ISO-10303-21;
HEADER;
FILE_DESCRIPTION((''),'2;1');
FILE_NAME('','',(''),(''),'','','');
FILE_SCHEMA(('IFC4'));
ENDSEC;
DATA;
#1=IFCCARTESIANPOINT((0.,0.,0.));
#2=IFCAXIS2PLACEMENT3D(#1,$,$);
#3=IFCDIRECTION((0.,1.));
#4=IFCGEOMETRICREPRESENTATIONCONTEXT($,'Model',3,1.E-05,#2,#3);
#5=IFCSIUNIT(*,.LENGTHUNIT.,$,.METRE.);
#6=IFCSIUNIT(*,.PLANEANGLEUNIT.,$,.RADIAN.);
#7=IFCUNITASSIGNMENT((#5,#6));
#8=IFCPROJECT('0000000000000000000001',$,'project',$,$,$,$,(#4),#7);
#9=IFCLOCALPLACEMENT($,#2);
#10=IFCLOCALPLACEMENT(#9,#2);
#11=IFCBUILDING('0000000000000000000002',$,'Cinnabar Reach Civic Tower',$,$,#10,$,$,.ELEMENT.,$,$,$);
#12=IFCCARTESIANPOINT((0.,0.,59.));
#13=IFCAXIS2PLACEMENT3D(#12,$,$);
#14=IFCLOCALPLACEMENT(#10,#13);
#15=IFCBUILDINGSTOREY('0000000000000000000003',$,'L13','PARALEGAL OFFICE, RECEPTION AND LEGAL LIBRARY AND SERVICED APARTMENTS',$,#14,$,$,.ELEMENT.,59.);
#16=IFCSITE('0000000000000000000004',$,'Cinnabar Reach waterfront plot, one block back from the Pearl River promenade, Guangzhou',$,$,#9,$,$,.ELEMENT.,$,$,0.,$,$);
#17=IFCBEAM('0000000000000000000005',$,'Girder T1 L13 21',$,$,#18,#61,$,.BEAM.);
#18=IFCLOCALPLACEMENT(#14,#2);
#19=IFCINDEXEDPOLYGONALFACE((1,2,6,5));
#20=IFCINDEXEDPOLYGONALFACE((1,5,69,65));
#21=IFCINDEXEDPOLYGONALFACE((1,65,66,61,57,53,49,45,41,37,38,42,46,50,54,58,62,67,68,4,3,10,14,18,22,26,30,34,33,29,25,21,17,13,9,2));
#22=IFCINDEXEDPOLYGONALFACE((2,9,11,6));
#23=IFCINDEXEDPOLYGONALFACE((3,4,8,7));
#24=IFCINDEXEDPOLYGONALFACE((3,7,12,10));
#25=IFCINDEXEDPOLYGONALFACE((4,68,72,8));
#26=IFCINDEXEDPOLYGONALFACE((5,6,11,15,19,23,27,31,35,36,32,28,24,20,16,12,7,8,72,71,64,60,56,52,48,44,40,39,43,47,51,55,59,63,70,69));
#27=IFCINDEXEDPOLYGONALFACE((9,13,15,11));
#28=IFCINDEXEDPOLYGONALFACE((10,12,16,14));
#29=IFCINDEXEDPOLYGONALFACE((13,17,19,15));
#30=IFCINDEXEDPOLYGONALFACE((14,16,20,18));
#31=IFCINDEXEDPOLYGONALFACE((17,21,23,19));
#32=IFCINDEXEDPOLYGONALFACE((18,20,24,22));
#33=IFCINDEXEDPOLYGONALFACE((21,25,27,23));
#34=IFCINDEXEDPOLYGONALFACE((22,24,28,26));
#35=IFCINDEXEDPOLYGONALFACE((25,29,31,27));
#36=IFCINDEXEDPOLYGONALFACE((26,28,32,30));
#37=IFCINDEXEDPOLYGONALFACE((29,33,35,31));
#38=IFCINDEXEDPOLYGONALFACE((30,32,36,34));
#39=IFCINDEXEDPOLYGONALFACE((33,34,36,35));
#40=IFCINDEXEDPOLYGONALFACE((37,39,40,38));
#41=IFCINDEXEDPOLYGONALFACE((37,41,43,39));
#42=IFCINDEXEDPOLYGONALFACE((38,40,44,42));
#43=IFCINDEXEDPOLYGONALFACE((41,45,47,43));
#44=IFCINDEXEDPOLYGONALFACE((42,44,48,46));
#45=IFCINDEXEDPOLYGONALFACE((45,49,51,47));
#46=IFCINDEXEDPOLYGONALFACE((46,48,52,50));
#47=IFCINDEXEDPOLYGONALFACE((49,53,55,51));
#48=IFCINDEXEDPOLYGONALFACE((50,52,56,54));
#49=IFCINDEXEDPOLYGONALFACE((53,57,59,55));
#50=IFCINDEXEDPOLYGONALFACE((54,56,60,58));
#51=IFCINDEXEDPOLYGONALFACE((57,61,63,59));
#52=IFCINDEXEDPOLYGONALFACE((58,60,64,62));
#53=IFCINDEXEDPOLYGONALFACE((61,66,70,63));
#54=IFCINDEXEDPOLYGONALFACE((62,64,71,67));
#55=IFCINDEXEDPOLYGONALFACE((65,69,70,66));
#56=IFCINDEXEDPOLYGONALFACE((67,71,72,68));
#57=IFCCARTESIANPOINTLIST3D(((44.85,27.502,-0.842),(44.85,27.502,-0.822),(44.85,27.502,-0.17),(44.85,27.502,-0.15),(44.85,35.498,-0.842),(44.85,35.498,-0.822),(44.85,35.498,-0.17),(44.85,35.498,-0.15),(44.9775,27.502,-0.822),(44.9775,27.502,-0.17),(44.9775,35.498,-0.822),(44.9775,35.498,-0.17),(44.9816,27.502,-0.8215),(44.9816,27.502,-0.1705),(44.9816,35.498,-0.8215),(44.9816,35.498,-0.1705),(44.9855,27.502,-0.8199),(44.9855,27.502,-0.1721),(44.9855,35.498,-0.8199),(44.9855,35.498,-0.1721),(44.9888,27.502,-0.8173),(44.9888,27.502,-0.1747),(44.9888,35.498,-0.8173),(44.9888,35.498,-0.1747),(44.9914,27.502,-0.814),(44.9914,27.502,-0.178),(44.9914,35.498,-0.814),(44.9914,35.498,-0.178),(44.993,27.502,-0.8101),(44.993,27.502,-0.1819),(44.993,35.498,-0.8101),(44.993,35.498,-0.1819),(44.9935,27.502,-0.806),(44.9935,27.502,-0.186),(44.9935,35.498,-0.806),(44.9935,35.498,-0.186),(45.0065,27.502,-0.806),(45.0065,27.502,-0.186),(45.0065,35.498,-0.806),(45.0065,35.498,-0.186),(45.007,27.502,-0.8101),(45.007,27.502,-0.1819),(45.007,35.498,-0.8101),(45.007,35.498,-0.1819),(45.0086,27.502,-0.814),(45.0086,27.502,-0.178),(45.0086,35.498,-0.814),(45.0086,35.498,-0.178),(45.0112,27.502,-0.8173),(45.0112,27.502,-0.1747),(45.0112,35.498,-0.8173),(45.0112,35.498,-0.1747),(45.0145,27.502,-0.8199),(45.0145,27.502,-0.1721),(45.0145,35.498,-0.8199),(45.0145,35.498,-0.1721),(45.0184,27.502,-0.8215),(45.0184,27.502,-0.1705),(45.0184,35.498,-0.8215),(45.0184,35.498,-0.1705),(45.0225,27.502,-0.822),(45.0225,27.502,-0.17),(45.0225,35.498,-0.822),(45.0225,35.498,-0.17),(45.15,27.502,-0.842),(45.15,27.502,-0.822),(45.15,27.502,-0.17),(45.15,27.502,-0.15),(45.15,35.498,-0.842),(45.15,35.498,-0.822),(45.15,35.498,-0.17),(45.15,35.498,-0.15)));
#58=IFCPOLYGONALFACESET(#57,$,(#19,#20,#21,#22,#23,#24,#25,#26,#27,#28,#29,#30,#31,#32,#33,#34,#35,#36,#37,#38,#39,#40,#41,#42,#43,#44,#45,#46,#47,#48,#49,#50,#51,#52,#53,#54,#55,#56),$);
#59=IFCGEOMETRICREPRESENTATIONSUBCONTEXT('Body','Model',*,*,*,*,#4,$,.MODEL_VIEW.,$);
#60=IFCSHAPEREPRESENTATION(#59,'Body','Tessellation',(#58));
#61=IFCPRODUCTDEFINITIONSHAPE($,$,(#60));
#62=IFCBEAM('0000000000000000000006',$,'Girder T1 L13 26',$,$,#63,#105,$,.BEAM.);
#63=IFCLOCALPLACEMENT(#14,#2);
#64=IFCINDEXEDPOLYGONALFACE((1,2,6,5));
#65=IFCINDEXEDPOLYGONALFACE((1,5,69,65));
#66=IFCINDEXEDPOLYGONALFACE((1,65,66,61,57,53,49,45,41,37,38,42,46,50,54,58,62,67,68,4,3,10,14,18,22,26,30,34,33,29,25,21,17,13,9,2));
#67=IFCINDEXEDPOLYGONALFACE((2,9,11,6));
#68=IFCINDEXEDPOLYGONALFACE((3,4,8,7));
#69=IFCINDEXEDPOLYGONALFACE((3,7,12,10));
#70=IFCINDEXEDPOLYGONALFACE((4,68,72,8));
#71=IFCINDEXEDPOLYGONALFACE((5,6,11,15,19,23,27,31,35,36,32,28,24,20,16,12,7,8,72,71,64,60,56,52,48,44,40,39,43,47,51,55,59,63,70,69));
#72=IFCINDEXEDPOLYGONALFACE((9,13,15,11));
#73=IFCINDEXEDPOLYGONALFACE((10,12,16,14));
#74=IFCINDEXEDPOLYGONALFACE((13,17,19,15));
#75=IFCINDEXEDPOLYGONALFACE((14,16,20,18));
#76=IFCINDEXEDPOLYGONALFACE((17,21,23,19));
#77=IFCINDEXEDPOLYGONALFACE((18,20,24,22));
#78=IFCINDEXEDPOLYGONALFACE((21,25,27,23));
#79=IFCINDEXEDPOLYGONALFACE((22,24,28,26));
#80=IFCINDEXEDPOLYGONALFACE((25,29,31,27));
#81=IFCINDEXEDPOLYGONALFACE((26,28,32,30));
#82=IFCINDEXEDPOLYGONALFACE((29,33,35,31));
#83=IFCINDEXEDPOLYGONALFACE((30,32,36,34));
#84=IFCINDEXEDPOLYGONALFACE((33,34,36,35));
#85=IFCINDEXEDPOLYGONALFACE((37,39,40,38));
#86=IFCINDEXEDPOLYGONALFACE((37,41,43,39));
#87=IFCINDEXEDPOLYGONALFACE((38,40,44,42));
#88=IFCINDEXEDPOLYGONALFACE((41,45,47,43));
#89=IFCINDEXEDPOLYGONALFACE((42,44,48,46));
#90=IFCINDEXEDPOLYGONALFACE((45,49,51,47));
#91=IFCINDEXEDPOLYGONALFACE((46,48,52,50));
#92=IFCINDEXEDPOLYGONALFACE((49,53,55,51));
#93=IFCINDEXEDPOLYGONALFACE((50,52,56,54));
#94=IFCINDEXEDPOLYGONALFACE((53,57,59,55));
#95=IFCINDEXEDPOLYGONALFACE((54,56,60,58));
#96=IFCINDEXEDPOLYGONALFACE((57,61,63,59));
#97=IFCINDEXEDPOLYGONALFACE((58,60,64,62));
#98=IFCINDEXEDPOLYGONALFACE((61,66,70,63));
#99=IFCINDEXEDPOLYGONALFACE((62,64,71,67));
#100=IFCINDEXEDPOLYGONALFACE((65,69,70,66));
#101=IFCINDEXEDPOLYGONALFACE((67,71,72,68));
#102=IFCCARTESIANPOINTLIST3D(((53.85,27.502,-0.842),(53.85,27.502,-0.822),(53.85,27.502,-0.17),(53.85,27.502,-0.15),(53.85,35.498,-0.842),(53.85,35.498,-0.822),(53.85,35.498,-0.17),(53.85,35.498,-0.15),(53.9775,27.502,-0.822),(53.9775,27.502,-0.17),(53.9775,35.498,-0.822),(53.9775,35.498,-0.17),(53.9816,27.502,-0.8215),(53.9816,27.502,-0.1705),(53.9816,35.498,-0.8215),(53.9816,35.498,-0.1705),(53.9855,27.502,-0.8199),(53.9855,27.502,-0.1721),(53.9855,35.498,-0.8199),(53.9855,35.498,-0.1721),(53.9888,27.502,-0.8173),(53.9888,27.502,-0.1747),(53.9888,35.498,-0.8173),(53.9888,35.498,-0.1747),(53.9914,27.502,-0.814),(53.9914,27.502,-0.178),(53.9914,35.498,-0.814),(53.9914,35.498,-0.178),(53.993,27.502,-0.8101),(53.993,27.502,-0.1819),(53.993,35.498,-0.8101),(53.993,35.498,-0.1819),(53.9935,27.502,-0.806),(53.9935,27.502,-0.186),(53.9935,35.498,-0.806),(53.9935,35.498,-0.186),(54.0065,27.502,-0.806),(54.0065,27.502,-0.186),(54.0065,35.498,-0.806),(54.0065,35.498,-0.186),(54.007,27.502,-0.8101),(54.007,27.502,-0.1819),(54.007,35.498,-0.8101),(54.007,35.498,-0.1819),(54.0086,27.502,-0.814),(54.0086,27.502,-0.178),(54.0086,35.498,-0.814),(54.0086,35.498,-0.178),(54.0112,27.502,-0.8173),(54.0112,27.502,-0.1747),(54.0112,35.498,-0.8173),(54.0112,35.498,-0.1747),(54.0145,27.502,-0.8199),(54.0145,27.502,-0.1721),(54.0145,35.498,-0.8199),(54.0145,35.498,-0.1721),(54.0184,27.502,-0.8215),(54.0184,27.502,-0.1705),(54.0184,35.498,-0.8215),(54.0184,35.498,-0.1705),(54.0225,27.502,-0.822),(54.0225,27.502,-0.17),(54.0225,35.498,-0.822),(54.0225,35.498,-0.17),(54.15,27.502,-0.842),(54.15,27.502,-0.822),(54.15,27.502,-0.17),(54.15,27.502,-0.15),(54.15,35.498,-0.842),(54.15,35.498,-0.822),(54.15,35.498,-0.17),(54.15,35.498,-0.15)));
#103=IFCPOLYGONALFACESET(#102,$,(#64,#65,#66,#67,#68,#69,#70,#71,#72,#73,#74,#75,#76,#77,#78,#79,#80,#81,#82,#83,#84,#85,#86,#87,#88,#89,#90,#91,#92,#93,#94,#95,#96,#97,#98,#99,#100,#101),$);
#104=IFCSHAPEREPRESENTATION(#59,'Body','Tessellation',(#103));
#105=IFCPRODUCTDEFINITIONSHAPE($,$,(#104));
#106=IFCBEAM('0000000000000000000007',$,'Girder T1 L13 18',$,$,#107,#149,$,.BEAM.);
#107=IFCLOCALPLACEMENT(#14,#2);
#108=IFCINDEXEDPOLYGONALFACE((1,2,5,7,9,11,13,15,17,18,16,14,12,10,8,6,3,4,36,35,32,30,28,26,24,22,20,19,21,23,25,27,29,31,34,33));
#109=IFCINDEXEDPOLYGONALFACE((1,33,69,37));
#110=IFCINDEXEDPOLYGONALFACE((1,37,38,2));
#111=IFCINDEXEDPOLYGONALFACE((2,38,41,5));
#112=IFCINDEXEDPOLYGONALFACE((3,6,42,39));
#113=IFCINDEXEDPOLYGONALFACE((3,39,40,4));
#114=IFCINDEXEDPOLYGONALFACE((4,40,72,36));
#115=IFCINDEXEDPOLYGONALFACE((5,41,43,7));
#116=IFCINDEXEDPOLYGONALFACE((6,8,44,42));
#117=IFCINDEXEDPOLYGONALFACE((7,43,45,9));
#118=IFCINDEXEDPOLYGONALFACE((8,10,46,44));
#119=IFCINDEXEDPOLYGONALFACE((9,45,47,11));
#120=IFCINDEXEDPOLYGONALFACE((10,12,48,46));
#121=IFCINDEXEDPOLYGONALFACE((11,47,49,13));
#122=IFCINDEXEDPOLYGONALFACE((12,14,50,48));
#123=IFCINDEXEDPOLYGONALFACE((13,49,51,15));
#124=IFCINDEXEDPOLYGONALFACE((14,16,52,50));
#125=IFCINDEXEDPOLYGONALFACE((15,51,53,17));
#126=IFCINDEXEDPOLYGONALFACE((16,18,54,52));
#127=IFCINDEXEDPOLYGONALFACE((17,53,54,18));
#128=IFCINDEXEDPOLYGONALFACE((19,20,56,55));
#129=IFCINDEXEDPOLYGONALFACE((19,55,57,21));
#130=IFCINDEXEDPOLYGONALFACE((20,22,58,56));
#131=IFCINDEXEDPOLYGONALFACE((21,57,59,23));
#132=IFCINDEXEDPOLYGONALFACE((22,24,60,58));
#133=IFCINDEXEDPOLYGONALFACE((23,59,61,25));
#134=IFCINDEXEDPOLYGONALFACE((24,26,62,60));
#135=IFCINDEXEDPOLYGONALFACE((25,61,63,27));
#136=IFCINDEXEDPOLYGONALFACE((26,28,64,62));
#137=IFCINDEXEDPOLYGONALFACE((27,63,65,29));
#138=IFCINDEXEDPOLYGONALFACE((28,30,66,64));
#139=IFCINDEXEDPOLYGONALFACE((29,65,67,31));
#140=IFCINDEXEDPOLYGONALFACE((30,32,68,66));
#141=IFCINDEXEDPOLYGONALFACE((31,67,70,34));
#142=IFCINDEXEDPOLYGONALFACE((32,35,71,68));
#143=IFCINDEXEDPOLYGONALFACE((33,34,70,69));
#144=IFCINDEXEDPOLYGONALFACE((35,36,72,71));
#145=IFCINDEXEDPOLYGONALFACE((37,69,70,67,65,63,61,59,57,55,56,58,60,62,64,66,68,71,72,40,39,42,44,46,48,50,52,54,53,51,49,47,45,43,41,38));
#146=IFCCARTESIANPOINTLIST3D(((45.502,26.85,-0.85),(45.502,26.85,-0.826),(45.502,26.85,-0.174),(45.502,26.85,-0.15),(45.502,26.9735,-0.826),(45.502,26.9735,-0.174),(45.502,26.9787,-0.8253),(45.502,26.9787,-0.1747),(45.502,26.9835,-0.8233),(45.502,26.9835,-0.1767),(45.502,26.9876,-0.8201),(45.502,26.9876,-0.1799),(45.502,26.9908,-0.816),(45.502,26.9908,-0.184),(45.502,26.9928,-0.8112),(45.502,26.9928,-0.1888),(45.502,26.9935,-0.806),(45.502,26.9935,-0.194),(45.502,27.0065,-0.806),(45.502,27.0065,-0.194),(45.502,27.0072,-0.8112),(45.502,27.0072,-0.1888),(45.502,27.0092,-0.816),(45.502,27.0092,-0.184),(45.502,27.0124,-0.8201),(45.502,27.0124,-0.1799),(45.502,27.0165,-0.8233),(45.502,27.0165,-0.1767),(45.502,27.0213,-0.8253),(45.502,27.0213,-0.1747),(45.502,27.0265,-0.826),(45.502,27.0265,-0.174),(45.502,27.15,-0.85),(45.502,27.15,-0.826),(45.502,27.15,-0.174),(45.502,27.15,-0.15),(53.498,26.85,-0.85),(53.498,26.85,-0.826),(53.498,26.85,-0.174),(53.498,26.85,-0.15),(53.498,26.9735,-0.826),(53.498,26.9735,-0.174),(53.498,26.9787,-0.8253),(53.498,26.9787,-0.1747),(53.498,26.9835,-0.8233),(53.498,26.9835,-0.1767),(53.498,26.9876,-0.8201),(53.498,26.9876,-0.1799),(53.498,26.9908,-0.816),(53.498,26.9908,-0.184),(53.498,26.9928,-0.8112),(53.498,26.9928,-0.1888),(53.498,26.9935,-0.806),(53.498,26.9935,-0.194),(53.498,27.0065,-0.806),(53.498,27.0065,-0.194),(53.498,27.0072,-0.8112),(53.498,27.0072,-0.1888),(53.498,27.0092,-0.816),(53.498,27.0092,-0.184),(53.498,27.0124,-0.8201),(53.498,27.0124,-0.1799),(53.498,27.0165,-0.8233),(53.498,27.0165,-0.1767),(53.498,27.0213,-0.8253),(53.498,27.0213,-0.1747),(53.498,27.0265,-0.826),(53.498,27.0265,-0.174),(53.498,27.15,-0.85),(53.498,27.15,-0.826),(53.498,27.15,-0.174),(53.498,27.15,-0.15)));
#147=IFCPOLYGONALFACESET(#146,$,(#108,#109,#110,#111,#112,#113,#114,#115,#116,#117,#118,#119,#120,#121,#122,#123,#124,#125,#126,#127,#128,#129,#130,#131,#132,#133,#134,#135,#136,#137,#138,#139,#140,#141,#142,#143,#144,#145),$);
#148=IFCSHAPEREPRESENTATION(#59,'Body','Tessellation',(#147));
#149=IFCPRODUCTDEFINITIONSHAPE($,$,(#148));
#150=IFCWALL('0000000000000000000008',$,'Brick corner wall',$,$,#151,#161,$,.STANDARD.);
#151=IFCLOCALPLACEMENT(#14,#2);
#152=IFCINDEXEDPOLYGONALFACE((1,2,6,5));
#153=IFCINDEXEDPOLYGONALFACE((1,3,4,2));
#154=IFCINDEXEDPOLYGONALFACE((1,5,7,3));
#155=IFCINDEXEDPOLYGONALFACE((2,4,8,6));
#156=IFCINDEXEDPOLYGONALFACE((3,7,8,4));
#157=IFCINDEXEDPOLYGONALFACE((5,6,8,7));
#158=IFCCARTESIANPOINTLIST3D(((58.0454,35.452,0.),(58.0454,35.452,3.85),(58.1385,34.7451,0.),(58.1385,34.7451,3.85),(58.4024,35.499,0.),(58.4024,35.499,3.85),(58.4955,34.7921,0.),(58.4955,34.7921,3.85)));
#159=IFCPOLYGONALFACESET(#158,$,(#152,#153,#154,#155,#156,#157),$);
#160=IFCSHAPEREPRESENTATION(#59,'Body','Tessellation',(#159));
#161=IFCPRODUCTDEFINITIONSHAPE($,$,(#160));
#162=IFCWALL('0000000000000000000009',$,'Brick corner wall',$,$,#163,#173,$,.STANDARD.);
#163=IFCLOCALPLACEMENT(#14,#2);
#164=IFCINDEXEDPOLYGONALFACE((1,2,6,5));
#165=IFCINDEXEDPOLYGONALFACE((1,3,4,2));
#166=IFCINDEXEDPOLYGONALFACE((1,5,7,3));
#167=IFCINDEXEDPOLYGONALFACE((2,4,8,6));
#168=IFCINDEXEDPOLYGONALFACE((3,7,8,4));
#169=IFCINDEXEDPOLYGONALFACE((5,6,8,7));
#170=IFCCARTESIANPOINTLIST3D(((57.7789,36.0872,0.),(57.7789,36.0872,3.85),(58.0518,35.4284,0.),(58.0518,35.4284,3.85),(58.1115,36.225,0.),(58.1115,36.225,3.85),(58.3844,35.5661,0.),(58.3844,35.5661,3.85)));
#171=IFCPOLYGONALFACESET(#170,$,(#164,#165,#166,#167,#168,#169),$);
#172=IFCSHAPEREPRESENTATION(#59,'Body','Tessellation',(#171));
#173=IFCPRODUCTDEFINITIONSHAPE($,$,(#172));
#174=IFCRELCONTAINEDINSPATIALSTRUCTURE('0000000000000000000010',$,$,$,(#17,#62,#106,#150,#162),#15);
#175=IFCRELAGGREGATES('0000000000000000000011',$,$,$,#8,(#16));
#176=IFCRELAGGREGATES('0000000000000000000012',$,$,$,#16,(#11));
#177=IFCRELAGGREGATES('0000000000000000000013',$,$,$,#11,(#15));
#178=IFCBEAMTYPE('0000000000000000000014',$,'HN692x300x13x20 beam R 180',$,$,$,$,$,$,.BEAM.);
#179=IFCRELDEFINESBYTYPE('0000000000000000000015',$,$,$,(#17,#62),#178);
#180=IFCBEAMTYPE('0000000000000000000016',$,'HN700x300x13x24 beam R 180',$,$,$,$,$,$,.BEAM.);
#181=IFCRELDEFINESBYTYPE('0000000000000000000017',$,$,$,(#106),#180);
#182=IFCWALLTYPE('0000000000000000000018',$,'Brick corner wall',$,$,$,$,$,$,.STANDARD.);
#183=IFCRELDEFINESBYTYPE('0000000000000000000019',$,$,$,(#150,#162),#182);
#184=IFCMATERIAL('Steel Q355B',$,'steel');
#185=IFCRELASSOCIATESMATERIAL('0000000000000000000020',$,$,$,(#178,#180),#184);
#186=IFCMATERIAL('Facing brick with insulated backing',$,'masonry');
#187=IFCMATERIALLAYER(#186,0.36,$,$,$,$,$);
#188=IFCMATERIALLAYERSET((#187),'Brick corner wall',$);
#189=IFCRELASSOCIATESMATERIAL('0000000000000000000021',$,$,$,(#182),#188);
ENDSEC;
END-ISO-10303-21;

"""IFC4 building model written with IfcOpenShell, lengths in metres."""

from ifc_helpers import new_model, si_unit, direction, frame, frame_2d, origin, origin_2d, place, context, subcontext, project, spatial, rectangle, i_section, extrude, material, layer, layer_set, material_profile, profile_set, type_object, element, save


model = new_model("IFC4")

# Units and contexts
model_context = context("Model", 3, precision=1e-05, world=origin(), true_north=direction((0.0, 1.0)))
body_context = subcontext(model_context, "Body", "Model", "MODEL_VIEW")
ifc_project = project(units=[si_unit("LENGTHUNIT", "METRE"), si_unit("PLANEANGLEUNIT", "RADIAN")], contexts=[model_context])

# Site, building, storey
site_placement = place(None, origin())
site = spatial("IfcSite", under=ifc_project, at=site_placement, Name="Cinnabar Reach waterfront plot, one block back from the Pearl River promenade, Guangzhou", CompositionType="ELEMENT", RefElevation=0.0)
building_placement = place(site_placement, origin())
building = spatial("IfcBuilding", under=site, at=building_placement, Name="Cinnabar Reach Civic Tower", CompositionType="ELEMENT")
storey_placement = place(building_placement, frame((0.0, 0.0, 59.0)))
storey = spatial("IfcBuildingStorey", under=building, at=storey_placement, Name="L13", Description="PARALEGAL OFFICE, RECEPTION AND LEGAL LIBRARY AND SERVICED APARTMENTS", CompositionType="ELEMENT", Elevation=59.0)

# Beams
ifc_material_1 = material(Name="Steel Q355B", Category="steel")
ifc_material_profile_1 = material_profile(ifc_material_1, i_section(OverallWidth=0.3, OverallDepth=0.692, WebThickness=0.013, FlangeThickness=0.02, FilletRadius=0.016, at=origin_2d()), Name="HN692x300x13x20")
ifc_profile_set_1 = profile_set([ifc_material_profile_1], Name="Steel Q355B")
beam_type_1 = type_object("IfcBeamType", Name="HN692x300x13x20 beam R 180", PredefinedType="BEAM", material=ifc_profile_set_1)
for number, where, z_axis, x_axis, name in (
    (1, (45.0, 27.502, -0.496), (0.0, 1.0, 0.0), (-1.0, 0.0, 0.0), "Girder T1 L13 21"),
    (2, (54.0, 27.502, -0.496), (0.0, 1.0, 0.0), (-1.0, 0.0, 0.0), "Girder T1 L13 26"),
):
    element("IfcBeam", number, at=place(storey_placement, frame(where, z_axis=z_axis, x_axis=x_axis)), inside=storey, type_object=beam_type_1, Name=name, PredefinedType="BEAM", context=body_context, shape_type="SweptSolid", body=[
        extrude(i_section(OverallWidth=0.3, OverallDepth=0.692, WebThickness=0.013, FlangeThickness=0.02, FilletRadius=0.016, at=origin_2d()), origin(), (0.0, 0.0, 1.0), 7.996),
    ])
ifc_material_profile_2 = material_profile(ifc_material_1, i_section(OverallWidth=0.3, OverallDepth=0.7, WebThickness=0.013, FlangeThickness=0.024, FilletRadius=0.02, at=origin_2d()), Name="HN700x300x13x24")
ifc_profile_set_2 = profile_set([ifc_material_profile_2], Name="Steel Q355B")
beam_type_2 = type_object("IfcBeamType", Name="HN700x300x13x24 beam R 180", PredefinedType="BEAM", material=ifc_profile_set_2)
beam_1_placement = place(storey_placement, frame((45.502, 27.0, -0.5), z_axis=(1.0, 0.0, 0.0), x_axis=(0.0, 1.0, 0.0)))
element("IfcBeam", 3, at=beam_1_placement, inside=storey, type_object=beam_type_2, Name="Girder T1 L13 18", PredefinedType="BEAM", context=body_context, shape_type="SweptSolid", body=[
    extrude(i_section(OverallWidth=0.3, OverallDepth=0.7, WebThickness=0.013, FlangeThickness=0.024, FilletRadius=0.02, at=origin_2d()), origin(), (0.0, 0.0, 1.0), 7.996),
])

# Walls
ifc_material_2 = material(Name="Facing brick with insulated backing", Category="masonry")
ifc_layer = layer(ifc_material_2, 0.36)
ifc_layer_set = layer_set([ifc_layer], Name="Brick corner wall")
wall_type = type_object("IfcWallType", Name="Brick corner wall", PredefinedType="STANDARD", material=ifc_layer_set)
for number, where, z_axis, x_axis, name in (
    (4, (58.317, 34.7686, 0.0), (0.0, 0.0, 1.0), (-0.130556, 0.991441, 0.0), "Brick corner wall"),
    (5, (58.2181, 35.4973, 0.0), (0.0, 0.0, 1.0), (-0.382703, 0.923872, 0.0), "Brick corner wall"),
):
    element("IfcWall", number, at=place(storey_placement, frame(where, z_axis=z_axis, x_axis=x_axis)), inside=storey, type_object=wall_type, Name=name, PredefinedType="STANDARD", context=body_context, shape_type="SweptSolid", body=[
        extrude(rectangle(XDim=0.7131, YDim=0.36, at=frame_2d((0.3565, 0.0))), origin(), (0.0, 0.0, 1.0), 3.85),
    ])

save(model, "model.ifc")
